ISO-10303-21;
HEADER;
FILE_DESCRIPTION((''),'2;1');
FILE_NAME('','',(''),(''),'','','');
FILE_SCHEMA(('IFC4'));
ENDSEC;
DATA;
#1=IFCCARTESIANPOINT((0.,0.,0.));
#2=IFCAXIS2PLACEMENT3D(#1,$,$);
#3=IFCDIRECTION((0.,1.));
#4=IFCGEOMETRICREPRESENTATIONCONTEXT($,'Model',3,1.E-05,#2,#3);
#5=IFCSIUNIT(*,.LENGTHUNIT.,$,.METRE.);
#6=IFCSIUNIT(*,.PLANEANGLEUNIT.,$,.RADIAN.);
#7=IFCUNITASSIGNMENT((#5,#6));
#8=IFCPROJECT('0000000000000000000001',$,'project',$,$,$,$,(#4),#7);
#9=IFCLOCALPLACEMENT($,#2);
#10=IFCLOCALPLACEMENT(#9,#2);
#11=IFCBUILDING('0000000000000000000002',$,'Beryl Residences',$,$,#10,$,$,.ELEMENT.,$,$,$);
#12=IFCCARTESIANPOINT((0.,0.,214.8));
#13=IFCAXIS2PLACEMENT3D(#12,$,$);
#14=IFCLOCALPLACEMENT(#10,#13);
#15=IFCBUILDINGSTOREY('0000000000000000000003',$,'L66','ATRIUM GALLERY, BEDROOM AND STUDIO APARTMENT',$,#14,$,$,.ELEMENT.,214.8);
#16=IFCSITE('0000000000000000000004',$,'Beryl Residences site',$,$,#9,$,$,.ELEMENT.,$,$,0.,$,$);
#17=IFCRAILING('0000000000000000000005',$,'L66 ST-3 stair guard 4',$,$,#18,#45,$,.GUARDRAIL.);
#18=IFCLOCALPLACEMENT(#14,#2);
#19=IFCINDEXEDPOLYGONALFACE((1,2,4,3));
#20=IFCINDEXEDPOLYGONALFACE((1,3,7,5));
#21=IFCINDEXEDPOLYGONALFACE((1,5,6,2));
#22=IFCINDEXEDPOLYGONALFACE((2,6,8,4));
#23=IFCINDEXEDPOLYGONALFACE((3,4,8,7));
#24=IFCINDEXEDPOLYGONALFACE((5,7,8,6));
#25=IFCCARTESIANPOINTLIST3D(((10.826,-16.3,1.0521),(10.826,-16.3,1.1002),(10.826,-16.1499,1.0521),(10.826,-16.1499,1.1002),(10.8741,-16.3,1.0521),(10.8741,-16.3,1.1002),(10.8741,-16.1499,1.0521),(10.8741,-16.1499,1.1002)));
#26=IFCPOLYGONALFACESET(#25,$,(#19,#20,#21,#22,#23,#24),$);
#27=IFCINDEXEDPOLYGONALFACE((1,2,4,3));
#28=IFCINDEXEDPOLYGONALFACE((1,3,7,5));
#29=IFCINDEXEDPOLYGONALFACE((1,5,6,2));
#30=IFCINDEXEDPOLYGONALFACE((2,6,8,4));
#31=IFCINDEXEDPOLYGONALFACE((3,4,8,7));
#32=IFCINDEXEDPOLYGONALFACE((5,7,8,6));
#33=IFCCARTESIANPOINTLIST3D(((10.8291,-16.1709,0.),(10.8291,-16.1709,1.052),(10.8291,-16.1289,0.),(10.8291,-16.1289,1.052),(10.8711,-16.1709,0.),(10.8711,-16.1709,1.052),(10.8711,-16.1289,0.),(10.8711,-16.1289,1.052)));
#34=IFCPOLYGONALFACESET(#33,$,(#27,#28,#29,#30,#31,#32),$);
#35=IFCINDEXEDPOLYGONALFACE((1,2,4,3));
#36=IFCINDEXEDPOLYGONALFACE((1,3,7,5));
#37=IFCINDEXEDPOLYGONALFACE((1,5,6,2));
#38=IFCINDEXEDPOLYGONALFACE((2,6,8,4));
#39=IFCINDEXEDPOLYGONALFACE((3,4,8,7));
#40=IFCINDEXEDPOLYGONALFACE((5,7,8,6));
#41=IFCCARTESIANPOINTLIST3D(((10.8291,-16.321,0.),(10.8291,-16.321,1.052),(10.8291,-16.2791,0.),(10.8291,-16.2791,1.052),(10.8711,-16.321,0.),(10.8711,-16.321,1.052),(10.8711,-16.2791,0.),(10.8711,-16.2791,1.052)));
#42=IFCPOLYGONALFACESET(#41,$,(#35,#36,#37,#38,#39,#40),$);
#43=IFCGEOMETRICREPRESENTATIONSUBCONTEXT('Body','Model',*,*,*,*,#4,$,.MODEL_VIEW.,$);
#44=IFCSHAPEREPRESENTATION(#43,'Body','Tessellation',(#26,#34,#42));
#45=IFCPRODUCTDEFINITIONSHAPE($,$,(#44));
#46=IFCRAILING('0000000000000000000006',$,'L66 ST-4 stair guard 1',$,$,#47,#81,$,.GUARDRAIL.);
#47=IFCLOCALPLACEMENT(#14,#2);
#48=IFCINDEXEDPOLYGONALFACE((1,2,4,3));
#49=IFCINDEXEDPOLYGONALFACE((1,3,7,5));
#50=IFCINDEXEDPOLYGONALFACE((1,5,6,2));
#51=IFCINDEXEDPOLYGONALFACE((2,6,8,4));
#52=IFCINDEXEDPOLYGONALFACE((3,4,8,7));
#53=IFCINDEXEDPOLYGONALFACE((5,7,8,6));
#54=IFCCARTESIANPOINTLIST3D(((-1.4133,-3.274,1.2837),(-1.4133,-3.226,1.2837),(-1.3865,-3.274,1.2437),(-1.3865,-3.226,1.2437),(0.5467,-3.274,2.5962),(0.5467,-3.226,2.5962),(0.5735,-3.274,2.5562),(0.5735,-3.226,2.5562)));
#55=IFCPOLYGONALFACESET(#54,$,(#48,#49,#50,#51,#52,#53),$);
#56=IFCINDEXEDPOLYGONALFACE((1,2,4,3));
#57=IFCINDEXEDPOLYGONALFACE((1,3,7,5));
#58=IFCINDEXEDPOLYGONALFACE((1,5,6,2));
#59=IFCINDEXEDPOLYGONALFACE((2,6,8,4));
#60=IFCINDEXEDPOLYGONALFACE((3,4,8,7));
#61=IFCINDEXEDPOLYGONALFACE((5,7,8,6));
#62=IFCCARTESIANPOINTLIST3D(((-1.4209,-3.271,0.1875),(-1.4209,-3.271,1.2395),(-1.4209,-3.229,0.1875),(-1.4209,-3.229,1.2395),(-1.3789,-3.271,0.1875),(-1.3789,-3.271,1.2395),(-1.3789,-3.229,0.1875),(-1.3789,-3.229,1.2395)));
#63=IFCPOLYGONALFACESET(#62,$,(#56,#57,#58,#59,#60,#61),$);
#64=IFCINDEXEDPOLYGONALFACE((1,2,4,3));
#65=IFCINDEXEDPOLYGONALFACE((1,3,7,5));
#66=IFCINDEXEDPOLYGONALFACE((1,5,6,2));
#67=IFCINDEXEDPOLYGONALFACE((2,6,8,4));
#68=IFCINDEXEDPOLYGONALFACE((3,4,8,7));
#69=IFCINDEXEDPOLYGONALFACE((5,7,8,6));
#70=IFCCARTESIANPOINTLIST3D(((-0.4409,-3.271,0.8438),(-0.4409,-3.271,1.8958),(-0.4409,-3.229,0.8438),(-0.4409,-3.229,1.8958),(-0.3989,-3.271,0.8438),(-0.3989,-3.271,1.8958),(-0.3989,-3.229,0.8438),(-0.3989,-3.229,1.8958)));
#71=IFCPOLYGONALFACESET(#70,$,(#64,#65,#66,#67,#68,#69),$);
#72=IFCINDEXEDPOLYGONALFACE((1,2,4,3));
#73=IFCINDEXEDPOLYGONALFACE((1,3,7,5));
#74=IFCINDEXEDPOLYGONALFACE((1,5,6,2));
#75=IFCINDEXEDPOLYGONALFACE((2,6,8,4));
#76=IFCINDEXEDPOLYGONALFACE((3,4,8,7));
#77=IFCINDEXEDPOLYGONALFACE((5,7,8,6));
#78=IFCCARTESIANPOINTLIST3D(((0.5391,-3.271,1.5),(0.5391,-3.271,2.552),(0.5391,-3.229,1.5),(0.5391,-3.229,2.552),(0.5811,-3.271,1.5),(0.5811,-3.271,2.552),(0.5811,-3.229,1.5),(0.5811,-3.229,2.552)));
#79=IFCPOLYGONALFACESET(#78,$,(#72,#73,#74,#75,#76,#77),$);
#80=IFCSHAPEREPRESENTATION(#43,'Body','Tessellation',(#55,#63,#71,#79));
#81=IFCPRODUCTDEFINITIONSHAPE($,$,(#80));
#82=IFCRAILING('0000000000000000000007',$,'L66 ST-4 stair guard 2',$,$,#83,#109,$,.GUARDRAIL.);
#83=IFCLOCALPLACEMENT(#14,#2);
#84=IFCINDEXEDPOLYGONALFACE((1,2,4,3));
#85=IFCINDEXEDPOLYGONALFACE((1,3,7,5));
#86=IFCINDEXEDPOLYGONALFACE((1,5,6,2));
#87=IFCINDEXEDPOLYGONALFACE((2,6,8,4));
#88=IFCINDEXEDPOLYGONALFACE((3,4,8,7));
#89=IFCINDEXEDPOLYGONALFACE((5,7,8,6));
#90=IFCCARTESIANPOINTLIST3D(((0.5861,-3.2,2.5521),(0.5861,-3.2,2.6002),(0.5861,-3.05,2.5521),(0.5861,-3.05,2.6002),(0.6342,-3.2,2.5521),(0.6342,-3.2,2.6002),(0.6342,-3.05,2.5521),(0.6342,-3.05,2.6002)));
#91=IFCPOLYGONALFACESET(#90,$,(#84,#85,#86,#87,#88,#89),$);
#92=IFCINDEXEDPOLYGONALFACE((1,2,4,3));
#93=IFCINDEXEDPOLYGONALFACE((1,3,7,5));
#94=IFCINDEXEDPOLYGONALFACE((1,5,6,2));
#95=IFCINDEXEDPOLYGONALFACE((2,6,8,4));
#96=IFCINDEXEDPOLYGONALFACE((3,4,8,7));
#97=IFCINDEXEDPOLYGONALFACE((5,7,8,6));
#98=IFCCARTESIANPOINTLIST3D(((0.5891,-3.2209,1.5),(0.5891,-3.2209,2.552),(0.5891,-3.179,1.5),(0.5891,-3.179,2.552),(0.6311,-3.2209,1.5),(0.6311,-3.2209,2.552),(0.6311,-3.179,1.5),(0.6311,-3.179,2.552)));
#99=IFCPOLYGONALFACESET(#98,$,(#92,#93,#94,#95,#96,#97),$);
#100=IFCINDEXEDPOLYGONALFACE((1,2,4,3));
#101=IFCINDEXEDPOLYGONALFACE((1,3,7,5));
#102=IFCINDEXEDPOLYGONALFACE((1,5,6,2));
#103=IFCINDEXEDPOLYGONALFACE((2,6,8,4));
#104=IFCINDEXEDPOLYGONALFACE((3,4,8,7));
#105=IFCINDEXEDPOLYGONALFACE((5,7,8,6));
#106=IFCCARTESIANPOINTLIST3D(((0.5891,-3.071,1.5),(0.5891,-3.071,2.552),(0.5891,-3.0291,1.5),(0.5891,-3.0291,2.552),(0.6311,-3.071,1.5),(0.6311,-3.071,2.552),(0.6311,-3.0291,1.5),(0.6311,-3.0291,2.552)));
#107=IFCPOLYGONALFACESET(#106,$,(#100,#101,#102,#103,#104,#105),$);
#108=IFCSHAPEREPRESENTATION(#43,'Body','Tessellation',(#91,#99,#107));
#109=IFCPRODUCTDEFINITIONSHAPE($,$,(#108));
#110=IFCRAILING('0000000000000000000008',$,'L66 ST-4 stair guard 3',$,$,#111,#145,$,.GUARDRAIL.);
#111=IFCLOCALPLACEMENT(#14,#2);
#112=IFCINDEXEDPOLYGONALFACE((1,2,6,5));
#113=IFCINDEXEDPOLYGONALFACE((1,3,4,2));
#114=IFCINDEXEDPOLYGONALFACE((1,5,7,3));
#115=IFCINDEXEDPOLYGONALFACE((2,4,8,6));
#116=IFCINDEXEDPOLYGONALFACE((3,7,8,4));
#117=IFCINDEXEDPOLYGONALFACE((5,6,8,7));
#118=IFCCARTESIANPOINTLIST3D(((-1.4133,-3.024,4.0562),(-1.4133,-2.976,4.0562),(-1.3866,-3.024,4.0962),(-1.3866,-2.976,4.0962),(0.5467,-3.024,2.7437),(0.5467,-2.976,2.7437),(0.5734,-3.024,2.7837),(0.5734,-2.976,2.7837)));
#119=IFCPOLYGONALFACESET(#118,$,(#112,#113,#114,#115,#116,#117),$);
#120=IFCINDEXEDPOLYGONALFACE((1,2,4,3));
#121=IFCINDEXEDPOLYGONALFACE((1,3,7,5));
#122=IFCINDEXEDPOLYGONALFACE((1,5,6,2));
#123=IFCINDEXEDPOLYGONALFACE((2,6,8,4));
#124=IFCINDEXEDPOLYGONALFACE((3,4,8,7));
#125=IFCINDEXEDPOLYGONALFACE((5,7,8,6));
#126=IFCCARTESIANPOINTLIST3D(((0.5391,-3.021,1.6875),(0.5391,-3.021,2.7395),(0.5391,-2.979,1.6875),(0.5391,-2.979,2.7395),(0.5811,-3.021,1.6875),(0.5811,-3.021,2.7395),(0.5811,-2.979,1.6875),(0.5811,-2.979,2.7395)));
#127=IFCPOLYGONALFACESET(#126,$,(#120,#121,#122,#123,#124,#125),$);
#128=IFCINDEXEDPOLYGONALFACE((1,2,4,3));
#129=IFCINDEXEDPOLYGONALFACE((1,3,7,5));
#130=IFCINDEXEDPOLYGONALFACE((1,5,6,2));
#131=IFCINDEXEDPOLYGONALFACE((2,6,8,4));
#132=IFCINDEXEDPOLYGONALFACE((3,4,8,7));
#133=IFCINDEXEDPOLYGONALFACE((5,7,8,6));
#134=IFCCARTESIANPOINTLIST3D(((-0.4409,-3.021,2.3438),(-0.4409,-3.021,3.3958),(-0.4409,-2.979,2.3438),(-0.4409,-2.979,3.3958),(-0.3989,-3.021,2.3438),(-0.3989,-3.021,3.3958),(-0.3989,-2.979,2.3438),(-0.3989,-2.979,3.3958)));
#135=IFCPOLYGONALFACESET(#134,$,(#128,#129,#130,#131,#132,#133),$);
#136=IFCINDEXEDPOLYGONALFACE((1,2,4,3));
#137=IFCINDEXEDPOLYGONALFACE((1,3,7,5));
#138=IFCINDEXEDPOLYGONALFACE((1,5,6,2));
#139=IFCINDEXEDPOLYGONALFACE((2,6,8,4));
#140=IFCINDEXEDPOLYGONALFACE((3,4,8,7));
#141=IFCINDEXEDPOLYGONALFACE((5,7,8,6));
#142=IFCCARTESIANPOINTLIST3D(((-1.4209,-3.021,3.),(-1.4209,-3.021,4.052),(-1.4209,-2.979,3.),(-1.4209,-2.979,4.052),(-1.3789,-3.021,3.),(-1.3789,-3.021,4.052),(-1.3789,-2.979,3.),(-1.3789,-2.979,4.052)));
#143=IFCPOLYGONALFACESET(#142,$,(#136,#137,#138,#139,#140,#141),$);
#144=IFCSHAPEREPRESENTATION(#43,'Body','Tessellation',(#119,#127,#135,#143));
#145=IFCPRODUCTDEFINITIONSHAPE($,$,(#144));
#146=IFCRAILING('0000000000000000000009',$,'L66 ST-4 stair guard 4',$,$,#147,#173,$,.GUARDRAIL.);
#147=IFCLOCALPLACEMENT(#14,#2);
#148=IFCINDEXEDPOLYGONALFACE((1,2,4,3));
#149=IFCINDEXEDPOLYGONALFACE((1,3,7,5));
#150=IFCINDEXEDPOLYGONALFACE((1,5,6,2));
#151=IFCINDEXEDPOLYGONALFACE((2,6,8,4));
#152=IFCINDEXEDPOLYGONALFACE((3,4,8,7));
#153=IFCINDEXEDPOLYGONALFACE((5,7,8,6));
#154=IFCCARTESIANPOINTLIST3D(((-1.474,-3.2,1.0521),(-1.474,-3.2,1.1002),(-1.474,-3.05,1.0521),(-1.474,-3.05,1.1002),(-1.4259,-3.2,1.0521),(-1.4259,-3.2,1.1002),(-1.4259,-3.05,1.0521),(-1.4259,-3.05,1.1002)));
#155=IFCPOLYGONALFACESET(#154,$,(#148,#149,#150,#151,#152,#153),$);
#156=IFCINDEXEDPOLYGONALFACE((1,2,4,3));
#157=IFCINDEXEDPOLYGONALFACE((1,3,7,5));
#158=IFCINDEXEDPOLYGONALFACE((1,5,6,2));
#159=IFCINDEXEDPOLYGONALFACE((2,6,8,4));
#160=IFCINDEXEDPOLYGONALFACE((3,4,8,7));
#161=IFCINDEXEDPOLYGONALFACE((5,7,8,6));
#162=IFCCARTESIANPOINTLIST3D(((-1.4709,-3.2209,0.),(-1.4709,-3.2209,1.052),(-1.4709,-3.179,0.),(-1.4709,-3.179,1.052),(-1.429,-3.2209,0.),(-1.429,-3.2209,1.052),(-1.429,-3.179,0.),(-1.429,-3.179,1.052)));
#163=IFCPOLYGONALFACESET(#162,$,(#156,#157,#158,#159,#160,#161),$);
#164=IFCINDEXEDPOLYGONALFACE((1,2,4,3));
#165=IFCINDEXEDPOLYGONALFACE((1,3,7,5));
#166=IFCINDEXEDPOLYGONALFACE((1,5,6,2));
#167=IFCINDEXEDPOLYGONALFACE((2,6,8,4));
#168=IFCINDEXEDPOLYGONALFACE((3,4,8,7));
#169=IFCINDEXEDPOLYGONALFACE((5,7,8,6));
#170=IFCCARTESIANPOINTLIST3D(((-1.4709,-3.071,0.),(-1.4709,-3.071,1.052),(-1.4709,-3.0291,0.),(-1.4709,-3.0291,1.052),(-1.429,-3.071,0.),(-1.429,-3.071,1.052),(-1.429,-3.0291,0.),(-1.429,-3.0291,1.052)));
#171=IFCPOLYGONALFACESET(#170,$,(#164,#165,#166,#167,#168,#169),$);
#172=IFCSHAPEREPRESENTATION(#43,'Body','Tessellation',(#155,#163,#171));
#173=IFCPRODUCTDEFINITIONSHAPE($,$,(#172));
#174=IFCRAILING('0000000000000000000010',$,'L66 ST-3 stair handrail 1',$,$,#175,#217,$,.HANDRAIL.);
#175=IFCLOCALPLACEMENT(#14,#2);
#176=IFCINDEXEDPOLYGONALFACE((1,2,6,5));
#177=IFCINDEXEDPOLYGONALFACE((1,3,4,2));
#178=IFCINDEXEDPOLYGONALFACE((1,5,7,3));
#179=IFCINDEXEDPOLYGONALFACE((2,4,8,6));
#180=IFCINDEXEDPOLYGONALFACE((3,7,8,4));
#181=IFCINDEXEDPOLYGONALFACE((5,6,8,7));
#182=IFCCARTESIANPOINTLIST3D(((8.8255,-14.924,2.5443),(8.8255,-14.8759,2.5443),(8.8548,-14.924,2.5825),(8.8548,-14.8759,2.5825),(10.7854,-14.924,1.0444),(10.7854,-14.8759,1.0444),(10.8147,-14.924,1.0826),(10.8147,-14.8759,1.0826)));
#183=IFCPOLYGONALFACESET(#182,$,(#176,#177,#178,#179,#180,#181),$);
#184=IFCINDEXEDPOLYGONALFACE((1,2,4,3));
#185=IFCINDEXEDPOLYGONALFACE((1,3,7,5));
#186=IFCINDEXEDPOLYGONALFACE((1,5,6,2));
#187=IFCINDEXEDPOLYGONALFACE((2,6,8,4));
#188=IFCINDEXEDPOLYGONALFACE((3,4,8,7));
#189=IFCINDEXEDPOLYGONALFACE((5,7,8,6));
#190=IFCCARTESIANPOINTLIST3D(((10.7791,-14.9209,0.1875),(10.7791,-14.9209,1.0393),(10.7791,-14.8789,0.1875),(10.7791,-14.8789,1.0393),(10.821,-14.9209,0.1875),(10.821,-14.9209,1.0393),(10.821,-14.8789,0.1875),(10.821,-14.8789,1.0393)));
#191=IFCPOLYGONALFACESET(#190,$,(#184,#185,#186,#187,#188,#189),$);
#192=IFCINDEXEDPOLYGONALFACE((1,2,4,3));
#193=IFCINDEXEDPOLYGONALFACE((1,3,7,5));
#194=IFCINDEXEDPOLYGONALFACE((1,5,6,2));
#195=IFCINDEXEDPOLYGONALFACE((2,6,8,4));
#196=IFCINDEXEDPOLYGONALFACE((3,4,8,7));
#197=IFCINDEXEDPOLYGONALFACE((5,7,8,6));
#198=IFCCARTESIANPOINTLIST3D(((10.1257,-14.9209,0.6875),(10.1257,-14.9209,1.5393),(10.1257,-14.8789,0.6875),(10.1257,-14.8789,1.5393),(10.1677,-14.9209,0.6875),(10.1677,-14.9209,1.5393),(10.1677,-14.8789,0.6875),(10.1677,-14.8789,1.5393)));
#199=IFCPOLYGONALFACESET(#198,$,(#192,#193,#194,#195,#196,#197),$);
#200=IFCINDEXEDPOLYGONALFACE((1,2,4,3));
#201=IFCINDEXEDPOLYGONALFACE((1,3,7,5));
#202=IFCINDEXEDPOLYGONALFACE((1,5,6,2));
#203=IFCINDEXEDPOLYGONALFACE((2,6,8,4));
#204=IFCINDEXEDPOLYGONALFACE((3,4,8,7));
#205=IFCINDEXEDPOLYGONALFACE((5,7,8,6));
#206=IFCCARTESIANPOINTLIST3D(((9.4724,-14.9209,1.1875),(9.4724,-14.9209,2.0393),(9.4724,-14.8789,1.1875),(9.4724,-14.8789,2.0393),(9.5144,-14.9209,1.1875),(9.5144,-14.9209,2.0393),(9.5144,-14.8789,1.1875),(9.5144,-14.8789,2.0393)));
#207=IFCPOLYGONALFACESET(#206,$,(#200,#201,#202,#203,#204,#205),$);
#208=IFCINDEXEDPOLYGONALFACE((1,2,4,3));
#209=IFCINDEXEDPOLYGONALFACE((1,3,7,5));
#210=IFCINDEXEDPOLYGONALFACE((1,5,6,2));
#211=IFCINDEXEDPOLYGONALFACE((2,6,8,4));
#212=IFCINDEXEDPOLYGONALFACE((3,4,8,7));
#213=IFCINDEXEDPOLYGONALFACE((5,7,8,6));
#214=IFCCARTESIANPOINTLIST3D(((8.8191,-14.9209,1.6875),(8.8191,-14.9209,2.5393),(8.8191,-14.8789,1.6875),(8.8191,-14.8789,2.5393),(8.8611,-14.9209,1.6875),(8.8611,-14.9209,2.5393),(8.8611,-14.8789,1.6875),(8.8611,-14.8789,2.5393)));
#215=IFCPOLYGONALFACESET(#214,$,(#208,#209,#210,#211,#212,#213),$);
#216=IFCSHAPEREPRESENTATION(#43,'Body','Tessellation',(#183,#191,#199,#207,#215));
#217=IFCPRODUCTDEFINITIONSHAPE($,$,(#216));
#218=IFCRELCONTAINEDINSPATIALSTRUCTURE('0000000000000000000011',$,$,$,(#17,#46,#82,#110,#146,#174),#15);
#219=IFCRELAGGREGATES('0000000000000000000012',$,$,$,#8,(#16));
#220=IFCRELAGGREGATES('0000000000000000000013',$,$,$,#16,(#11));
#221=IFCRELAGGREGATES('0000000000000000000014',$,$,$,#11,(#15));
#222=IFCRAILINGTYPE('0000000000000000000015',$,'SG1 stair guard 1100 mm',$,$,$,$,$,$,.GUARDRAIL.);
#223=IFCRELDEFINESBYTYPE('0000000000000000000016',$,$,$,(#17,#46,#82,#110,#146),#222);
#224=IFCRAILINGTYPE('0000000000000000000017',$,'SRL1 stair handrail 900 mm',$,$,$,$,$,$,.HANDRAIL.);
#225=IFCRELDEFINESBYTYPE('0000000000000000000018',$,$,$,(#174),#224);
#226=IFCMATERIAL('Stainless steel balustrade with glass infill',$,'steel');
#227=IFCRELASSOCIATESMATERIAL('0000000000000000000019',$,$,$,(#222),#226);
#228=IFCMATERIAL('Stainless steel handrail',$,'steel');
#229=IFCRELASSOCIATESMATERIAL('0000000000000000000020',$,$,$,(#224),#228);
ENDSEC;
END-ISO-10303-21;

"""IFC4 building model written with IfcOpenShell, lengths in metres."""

from ifc_helpers import new_model, si_unit, direction, frame, origin, origin_2d, place, context, subcontext, project, spatial, rectangle, extrude, material, type_object, element, save


model = new_model("IFC4")

# Units and contexts
model_context = context("Model", 3, precision=1e-05, world=origin(), true_north=direction((0.0, 1.0)))
body_context = subcontext(model_context, "Body", "Model", "MODEL_VIEW")
ifc_project = project(units=[si_unit("LENGTHUNIT", "METRE"), si_unit("PLANEANGLEUNIT", "RADIAN")], contexts=[model_context])

# Site, building, storey
site_placement = place(None, origin())
site = spatial("IfcSite", under=ifc_project, at=site_placement, Name="Beryl Residences site", CompositionType="ELEMENT", RefElevation=0.0)
building_placement = place(site_placement, origin())
building = spatial("IfcBuilding", under=site, at=building_placement, Name="Beryl Residences", CompositionType="ELEMENT")
storey_placement = place(building_placement, frame((0.0, 0.0, 214.8)))
storey = spatial("IfcBuildingStorey", under=building, at=storey_placement, Name="L66", Description="ATRIUM GALLERY, BEDROOM AND STUDIO APARTMENT", CompositionType="ELEMENT", Elevation=214.8)

# Railings
ifc_material_1 = material(Name="Stainless steel balustrade with glass infill", Category="steel")
railing_type_1 = type_object("IfcRailingType", Name="SG1 stair guard 1100 mm", PredefinedType="GUARDRAIL", material=ifc_material_1)
railing_1_placement = place(storey_placement, frame((10.8501, -16.1499, 0.0)))
element("IfcRailing", 1, at=railing_1_placement, inside=storey, type_object=railing_type_1, Name="L66 ST-3 stair guard 4", PredefinedType="GUARDRAIL", context=body_context, shape_type="SweptSolid", body=[
    extrude(rectangle(XDim=0.0481, YDim=0.0481, at=origin_2d()), frame((0.0, 0.0, 1.0762), z_axis=(0.0, -1.0, 0.0), x_axis=(1.0, 0.0, 0.0)), (0.0, 0.0, 1.0), 0.1501),
    extrude(rectangle(XDim=0.042, YDim=0.042, at=origin_2d()), origin(), (0.0, 0.0, 1.0), 1.052),
    extrude(rectangle(XDim=0.042, YDim=0.042, at=origin_2d()), frame((0.0, -0.1501, 0.0)), (0.0, 0.0, 1.0), 1.052),
])
railing_2_placement = place(storey_placement, frame((-1.3999, -3.25, 0.1875)))
element("IfcRailing", 2, at=railing_2_placement, inside=storey, type_object=railing_type_1, Name="L66 ST-4 stair guard 1", PredefinedType="GUARDRAIL", context=body_context, shape_type="SweptSolid", body=[
    extrude(rectangle(XDim=0.0481, YDim=0.0481, at=origin_2d()), frame((0.0, 0.0, 1.0762), z_axis=(0.830902, 0.0, 0.556419), x_axis=(0.0, 1.0, 0.0)), (0.0, 0.0, 1.0), 2.3589),
    extrude(rectangle(XDim=0.042, YDim=0.042, at=origin_2d()), origin(), (0.0, 0.0, 1.0), 1.052),
    extrude(rectangle(XDim=0.042, YDim=0.042, at=origin_2d()), frame((0.98, 0.0, 0.6562)), (0.0, 0.0, 1.0), 1.052),
    extrude(rectangle(XDim=0.042, YDim=0.042, at=origin_2d()), frame((1.96, 0.0, 1.3125)), (0.0, 0.0, 1.0), 1.052),
])
railing_3_placement = place(storey_placement, frame((0.6101, -3.2, 1.5)))
element("IfcRailing", 3, at=railing_3_placement, inside=storey, type_object=railing_type_1, Name="L66 ST-4 stair guard 2", PredefinedType="GUARDRAIL", context=body_context, shape_type="SweptSolid", body=[
    extrude(rectangle(XDim=0.0481, YDim=0.0481, at=origin_2d()), frame((0.0, 0.0, 1.0762), z_axis=(0.0, 1.0, 0.0), x_axis=(-1.0, 0.0, 0.0)), (0.0, 0.0, 1.0), 0.1499),
    extrude(rectangle(XDim=0.042, YDim=0.042, at=origin_2d()), origin(), (0.0, 0.0, 1.0), 1.052),
    extrude(rectangle(XDim=0.042, YDim=0.042, at=origin_2d()), frame((0.0, 0.1499, 0.0)), (0.0, 0.0, 1.0), 1.052),
])
railing_4_placement = place(storey_placement, frame((0.5601, -3.0, 1.6875)))
element("IfcRailing", 4, at=railing_4_placement, inside=storey, type_object=railing_type_1, Name="L66 ST-4 stair guard 3", PredefinedType="GUARDRAIL", context=body_context, shape_type="SweptSolid", body=[
    extrude(rectangle(XDim=0.0481, YDim=0.0481, at=origin_2d()), frame((0.0, 0.0, 1.0762), z_axis=(-0.830902, 0.0, 0.556419), x_axis=(0.0, -1.0, 0.0)), (0.0, 0.0, 1.0), 2.3589),
    extrude(rectangle(XDim=0.042, YDim=0.042, at=origin_2d()), origin(), (0.0, 0.0, 1.0), 1.052),
    extrude(rectangle(XDim=0.042, YDim=0.042, at=origin_2d()), frame((-0.98, 0.0, 0.6562)), (0.0, 0.0, 1.0), 1.052),
    extrude(rectangle(XDim=0.042, YDim=0.042, at=origin_2d()), frame((-1.96, 0.0, 1.3125)), (0.0, 0.0, 1.0), 1.052),
])
railing_5_placement = place(storey_placement, frame((-1.45, -3.2, 0.0)))
element("IfcRailing", 5, at=railing_5_placement, inside=storey, type_object=railing_type_1, Name="L66 ST-4 stair guard 4", PredefinedType="GUARDRAIL", context=body_context, shape_type="SweptSolid", body=[
    extrude(rectangle(XDim=0.0481, YDim=0.0481, at=origin_2d()), frame((0.0, 0.0, 1.0762), z_axis=(0.0, 1.0, 0.0), x_axis=(-1.0, 0.0, 0.0)), (0.0, 0.0, 1.0), 0.1499),
    extrude(rectangle(XDim=0.042, YDim=0.042, at=origin_2d()), origin(), (0.0, 0.0, 1.0), 1.052),
    extrude(rectangle(XDim=0.042, YDim=0.042, at=origin_2d()), frame((0.0, 0.1499, 0.0)), (0.0, 0.0, 1.0), 1.052),
])
ifc_material_2 = material(Name="Stainless steel handrail", Category="steel")
railing_type_2 = type_object("IfcRailingType", Name="SRL1 stair handrail 900 mm", PredefinedType="HANDRAIL", material=ifc_material_2)
railing_6_placement = place(storey_placement, frame((10.8, -14.8999, 0.1875)))
element("IfcRailing", 6, at=railing_6_placement, inside=storey, type_object=railing_type_2, Name="L66 ST-3 stair handrail 1", PredefinedType="HANDRAIL", context=body_context, shape_type="SweptSolid", body=[
    extrude(rectangle(XDim=0.0481, YDim=0.0481, at=origin_2d()), frame((0.0, 0.0, 0.876), z_axis=(-0.794122, 0.0, 0.607758), x_axis=(0.0, -1.0, 0.0)), (0.0, 0.0, 1.0), 2.468),
    extrude(rectangle(XDim=0.042, YDim=0.042, at=origin_2d()), origin(), (0.0, 0.0, 1.0), 0.8518),
    extrude(rectangle(XDim=0.042, YDim=0.042, at=origin_2d()), frame((-0.6533, 0.0, 0.5)), (0.0, 0.0, 1.0), 0.8518),
    extrude(rectangle(XDim=0.042, YDim=0.042, at=origin_2d()), frame((-1.3066, 0.0, 1.0)), (0.0, 0.0, 1.0), 0.8518),
    extrude(rectangle(XDim=0.042, YDim=0.042, at=origin_2d()), frame((-1.96, 0.0, 1.5)), (0.0, 0.0, 1.0), 0.8518),
])

save(model, "model.ifc")
